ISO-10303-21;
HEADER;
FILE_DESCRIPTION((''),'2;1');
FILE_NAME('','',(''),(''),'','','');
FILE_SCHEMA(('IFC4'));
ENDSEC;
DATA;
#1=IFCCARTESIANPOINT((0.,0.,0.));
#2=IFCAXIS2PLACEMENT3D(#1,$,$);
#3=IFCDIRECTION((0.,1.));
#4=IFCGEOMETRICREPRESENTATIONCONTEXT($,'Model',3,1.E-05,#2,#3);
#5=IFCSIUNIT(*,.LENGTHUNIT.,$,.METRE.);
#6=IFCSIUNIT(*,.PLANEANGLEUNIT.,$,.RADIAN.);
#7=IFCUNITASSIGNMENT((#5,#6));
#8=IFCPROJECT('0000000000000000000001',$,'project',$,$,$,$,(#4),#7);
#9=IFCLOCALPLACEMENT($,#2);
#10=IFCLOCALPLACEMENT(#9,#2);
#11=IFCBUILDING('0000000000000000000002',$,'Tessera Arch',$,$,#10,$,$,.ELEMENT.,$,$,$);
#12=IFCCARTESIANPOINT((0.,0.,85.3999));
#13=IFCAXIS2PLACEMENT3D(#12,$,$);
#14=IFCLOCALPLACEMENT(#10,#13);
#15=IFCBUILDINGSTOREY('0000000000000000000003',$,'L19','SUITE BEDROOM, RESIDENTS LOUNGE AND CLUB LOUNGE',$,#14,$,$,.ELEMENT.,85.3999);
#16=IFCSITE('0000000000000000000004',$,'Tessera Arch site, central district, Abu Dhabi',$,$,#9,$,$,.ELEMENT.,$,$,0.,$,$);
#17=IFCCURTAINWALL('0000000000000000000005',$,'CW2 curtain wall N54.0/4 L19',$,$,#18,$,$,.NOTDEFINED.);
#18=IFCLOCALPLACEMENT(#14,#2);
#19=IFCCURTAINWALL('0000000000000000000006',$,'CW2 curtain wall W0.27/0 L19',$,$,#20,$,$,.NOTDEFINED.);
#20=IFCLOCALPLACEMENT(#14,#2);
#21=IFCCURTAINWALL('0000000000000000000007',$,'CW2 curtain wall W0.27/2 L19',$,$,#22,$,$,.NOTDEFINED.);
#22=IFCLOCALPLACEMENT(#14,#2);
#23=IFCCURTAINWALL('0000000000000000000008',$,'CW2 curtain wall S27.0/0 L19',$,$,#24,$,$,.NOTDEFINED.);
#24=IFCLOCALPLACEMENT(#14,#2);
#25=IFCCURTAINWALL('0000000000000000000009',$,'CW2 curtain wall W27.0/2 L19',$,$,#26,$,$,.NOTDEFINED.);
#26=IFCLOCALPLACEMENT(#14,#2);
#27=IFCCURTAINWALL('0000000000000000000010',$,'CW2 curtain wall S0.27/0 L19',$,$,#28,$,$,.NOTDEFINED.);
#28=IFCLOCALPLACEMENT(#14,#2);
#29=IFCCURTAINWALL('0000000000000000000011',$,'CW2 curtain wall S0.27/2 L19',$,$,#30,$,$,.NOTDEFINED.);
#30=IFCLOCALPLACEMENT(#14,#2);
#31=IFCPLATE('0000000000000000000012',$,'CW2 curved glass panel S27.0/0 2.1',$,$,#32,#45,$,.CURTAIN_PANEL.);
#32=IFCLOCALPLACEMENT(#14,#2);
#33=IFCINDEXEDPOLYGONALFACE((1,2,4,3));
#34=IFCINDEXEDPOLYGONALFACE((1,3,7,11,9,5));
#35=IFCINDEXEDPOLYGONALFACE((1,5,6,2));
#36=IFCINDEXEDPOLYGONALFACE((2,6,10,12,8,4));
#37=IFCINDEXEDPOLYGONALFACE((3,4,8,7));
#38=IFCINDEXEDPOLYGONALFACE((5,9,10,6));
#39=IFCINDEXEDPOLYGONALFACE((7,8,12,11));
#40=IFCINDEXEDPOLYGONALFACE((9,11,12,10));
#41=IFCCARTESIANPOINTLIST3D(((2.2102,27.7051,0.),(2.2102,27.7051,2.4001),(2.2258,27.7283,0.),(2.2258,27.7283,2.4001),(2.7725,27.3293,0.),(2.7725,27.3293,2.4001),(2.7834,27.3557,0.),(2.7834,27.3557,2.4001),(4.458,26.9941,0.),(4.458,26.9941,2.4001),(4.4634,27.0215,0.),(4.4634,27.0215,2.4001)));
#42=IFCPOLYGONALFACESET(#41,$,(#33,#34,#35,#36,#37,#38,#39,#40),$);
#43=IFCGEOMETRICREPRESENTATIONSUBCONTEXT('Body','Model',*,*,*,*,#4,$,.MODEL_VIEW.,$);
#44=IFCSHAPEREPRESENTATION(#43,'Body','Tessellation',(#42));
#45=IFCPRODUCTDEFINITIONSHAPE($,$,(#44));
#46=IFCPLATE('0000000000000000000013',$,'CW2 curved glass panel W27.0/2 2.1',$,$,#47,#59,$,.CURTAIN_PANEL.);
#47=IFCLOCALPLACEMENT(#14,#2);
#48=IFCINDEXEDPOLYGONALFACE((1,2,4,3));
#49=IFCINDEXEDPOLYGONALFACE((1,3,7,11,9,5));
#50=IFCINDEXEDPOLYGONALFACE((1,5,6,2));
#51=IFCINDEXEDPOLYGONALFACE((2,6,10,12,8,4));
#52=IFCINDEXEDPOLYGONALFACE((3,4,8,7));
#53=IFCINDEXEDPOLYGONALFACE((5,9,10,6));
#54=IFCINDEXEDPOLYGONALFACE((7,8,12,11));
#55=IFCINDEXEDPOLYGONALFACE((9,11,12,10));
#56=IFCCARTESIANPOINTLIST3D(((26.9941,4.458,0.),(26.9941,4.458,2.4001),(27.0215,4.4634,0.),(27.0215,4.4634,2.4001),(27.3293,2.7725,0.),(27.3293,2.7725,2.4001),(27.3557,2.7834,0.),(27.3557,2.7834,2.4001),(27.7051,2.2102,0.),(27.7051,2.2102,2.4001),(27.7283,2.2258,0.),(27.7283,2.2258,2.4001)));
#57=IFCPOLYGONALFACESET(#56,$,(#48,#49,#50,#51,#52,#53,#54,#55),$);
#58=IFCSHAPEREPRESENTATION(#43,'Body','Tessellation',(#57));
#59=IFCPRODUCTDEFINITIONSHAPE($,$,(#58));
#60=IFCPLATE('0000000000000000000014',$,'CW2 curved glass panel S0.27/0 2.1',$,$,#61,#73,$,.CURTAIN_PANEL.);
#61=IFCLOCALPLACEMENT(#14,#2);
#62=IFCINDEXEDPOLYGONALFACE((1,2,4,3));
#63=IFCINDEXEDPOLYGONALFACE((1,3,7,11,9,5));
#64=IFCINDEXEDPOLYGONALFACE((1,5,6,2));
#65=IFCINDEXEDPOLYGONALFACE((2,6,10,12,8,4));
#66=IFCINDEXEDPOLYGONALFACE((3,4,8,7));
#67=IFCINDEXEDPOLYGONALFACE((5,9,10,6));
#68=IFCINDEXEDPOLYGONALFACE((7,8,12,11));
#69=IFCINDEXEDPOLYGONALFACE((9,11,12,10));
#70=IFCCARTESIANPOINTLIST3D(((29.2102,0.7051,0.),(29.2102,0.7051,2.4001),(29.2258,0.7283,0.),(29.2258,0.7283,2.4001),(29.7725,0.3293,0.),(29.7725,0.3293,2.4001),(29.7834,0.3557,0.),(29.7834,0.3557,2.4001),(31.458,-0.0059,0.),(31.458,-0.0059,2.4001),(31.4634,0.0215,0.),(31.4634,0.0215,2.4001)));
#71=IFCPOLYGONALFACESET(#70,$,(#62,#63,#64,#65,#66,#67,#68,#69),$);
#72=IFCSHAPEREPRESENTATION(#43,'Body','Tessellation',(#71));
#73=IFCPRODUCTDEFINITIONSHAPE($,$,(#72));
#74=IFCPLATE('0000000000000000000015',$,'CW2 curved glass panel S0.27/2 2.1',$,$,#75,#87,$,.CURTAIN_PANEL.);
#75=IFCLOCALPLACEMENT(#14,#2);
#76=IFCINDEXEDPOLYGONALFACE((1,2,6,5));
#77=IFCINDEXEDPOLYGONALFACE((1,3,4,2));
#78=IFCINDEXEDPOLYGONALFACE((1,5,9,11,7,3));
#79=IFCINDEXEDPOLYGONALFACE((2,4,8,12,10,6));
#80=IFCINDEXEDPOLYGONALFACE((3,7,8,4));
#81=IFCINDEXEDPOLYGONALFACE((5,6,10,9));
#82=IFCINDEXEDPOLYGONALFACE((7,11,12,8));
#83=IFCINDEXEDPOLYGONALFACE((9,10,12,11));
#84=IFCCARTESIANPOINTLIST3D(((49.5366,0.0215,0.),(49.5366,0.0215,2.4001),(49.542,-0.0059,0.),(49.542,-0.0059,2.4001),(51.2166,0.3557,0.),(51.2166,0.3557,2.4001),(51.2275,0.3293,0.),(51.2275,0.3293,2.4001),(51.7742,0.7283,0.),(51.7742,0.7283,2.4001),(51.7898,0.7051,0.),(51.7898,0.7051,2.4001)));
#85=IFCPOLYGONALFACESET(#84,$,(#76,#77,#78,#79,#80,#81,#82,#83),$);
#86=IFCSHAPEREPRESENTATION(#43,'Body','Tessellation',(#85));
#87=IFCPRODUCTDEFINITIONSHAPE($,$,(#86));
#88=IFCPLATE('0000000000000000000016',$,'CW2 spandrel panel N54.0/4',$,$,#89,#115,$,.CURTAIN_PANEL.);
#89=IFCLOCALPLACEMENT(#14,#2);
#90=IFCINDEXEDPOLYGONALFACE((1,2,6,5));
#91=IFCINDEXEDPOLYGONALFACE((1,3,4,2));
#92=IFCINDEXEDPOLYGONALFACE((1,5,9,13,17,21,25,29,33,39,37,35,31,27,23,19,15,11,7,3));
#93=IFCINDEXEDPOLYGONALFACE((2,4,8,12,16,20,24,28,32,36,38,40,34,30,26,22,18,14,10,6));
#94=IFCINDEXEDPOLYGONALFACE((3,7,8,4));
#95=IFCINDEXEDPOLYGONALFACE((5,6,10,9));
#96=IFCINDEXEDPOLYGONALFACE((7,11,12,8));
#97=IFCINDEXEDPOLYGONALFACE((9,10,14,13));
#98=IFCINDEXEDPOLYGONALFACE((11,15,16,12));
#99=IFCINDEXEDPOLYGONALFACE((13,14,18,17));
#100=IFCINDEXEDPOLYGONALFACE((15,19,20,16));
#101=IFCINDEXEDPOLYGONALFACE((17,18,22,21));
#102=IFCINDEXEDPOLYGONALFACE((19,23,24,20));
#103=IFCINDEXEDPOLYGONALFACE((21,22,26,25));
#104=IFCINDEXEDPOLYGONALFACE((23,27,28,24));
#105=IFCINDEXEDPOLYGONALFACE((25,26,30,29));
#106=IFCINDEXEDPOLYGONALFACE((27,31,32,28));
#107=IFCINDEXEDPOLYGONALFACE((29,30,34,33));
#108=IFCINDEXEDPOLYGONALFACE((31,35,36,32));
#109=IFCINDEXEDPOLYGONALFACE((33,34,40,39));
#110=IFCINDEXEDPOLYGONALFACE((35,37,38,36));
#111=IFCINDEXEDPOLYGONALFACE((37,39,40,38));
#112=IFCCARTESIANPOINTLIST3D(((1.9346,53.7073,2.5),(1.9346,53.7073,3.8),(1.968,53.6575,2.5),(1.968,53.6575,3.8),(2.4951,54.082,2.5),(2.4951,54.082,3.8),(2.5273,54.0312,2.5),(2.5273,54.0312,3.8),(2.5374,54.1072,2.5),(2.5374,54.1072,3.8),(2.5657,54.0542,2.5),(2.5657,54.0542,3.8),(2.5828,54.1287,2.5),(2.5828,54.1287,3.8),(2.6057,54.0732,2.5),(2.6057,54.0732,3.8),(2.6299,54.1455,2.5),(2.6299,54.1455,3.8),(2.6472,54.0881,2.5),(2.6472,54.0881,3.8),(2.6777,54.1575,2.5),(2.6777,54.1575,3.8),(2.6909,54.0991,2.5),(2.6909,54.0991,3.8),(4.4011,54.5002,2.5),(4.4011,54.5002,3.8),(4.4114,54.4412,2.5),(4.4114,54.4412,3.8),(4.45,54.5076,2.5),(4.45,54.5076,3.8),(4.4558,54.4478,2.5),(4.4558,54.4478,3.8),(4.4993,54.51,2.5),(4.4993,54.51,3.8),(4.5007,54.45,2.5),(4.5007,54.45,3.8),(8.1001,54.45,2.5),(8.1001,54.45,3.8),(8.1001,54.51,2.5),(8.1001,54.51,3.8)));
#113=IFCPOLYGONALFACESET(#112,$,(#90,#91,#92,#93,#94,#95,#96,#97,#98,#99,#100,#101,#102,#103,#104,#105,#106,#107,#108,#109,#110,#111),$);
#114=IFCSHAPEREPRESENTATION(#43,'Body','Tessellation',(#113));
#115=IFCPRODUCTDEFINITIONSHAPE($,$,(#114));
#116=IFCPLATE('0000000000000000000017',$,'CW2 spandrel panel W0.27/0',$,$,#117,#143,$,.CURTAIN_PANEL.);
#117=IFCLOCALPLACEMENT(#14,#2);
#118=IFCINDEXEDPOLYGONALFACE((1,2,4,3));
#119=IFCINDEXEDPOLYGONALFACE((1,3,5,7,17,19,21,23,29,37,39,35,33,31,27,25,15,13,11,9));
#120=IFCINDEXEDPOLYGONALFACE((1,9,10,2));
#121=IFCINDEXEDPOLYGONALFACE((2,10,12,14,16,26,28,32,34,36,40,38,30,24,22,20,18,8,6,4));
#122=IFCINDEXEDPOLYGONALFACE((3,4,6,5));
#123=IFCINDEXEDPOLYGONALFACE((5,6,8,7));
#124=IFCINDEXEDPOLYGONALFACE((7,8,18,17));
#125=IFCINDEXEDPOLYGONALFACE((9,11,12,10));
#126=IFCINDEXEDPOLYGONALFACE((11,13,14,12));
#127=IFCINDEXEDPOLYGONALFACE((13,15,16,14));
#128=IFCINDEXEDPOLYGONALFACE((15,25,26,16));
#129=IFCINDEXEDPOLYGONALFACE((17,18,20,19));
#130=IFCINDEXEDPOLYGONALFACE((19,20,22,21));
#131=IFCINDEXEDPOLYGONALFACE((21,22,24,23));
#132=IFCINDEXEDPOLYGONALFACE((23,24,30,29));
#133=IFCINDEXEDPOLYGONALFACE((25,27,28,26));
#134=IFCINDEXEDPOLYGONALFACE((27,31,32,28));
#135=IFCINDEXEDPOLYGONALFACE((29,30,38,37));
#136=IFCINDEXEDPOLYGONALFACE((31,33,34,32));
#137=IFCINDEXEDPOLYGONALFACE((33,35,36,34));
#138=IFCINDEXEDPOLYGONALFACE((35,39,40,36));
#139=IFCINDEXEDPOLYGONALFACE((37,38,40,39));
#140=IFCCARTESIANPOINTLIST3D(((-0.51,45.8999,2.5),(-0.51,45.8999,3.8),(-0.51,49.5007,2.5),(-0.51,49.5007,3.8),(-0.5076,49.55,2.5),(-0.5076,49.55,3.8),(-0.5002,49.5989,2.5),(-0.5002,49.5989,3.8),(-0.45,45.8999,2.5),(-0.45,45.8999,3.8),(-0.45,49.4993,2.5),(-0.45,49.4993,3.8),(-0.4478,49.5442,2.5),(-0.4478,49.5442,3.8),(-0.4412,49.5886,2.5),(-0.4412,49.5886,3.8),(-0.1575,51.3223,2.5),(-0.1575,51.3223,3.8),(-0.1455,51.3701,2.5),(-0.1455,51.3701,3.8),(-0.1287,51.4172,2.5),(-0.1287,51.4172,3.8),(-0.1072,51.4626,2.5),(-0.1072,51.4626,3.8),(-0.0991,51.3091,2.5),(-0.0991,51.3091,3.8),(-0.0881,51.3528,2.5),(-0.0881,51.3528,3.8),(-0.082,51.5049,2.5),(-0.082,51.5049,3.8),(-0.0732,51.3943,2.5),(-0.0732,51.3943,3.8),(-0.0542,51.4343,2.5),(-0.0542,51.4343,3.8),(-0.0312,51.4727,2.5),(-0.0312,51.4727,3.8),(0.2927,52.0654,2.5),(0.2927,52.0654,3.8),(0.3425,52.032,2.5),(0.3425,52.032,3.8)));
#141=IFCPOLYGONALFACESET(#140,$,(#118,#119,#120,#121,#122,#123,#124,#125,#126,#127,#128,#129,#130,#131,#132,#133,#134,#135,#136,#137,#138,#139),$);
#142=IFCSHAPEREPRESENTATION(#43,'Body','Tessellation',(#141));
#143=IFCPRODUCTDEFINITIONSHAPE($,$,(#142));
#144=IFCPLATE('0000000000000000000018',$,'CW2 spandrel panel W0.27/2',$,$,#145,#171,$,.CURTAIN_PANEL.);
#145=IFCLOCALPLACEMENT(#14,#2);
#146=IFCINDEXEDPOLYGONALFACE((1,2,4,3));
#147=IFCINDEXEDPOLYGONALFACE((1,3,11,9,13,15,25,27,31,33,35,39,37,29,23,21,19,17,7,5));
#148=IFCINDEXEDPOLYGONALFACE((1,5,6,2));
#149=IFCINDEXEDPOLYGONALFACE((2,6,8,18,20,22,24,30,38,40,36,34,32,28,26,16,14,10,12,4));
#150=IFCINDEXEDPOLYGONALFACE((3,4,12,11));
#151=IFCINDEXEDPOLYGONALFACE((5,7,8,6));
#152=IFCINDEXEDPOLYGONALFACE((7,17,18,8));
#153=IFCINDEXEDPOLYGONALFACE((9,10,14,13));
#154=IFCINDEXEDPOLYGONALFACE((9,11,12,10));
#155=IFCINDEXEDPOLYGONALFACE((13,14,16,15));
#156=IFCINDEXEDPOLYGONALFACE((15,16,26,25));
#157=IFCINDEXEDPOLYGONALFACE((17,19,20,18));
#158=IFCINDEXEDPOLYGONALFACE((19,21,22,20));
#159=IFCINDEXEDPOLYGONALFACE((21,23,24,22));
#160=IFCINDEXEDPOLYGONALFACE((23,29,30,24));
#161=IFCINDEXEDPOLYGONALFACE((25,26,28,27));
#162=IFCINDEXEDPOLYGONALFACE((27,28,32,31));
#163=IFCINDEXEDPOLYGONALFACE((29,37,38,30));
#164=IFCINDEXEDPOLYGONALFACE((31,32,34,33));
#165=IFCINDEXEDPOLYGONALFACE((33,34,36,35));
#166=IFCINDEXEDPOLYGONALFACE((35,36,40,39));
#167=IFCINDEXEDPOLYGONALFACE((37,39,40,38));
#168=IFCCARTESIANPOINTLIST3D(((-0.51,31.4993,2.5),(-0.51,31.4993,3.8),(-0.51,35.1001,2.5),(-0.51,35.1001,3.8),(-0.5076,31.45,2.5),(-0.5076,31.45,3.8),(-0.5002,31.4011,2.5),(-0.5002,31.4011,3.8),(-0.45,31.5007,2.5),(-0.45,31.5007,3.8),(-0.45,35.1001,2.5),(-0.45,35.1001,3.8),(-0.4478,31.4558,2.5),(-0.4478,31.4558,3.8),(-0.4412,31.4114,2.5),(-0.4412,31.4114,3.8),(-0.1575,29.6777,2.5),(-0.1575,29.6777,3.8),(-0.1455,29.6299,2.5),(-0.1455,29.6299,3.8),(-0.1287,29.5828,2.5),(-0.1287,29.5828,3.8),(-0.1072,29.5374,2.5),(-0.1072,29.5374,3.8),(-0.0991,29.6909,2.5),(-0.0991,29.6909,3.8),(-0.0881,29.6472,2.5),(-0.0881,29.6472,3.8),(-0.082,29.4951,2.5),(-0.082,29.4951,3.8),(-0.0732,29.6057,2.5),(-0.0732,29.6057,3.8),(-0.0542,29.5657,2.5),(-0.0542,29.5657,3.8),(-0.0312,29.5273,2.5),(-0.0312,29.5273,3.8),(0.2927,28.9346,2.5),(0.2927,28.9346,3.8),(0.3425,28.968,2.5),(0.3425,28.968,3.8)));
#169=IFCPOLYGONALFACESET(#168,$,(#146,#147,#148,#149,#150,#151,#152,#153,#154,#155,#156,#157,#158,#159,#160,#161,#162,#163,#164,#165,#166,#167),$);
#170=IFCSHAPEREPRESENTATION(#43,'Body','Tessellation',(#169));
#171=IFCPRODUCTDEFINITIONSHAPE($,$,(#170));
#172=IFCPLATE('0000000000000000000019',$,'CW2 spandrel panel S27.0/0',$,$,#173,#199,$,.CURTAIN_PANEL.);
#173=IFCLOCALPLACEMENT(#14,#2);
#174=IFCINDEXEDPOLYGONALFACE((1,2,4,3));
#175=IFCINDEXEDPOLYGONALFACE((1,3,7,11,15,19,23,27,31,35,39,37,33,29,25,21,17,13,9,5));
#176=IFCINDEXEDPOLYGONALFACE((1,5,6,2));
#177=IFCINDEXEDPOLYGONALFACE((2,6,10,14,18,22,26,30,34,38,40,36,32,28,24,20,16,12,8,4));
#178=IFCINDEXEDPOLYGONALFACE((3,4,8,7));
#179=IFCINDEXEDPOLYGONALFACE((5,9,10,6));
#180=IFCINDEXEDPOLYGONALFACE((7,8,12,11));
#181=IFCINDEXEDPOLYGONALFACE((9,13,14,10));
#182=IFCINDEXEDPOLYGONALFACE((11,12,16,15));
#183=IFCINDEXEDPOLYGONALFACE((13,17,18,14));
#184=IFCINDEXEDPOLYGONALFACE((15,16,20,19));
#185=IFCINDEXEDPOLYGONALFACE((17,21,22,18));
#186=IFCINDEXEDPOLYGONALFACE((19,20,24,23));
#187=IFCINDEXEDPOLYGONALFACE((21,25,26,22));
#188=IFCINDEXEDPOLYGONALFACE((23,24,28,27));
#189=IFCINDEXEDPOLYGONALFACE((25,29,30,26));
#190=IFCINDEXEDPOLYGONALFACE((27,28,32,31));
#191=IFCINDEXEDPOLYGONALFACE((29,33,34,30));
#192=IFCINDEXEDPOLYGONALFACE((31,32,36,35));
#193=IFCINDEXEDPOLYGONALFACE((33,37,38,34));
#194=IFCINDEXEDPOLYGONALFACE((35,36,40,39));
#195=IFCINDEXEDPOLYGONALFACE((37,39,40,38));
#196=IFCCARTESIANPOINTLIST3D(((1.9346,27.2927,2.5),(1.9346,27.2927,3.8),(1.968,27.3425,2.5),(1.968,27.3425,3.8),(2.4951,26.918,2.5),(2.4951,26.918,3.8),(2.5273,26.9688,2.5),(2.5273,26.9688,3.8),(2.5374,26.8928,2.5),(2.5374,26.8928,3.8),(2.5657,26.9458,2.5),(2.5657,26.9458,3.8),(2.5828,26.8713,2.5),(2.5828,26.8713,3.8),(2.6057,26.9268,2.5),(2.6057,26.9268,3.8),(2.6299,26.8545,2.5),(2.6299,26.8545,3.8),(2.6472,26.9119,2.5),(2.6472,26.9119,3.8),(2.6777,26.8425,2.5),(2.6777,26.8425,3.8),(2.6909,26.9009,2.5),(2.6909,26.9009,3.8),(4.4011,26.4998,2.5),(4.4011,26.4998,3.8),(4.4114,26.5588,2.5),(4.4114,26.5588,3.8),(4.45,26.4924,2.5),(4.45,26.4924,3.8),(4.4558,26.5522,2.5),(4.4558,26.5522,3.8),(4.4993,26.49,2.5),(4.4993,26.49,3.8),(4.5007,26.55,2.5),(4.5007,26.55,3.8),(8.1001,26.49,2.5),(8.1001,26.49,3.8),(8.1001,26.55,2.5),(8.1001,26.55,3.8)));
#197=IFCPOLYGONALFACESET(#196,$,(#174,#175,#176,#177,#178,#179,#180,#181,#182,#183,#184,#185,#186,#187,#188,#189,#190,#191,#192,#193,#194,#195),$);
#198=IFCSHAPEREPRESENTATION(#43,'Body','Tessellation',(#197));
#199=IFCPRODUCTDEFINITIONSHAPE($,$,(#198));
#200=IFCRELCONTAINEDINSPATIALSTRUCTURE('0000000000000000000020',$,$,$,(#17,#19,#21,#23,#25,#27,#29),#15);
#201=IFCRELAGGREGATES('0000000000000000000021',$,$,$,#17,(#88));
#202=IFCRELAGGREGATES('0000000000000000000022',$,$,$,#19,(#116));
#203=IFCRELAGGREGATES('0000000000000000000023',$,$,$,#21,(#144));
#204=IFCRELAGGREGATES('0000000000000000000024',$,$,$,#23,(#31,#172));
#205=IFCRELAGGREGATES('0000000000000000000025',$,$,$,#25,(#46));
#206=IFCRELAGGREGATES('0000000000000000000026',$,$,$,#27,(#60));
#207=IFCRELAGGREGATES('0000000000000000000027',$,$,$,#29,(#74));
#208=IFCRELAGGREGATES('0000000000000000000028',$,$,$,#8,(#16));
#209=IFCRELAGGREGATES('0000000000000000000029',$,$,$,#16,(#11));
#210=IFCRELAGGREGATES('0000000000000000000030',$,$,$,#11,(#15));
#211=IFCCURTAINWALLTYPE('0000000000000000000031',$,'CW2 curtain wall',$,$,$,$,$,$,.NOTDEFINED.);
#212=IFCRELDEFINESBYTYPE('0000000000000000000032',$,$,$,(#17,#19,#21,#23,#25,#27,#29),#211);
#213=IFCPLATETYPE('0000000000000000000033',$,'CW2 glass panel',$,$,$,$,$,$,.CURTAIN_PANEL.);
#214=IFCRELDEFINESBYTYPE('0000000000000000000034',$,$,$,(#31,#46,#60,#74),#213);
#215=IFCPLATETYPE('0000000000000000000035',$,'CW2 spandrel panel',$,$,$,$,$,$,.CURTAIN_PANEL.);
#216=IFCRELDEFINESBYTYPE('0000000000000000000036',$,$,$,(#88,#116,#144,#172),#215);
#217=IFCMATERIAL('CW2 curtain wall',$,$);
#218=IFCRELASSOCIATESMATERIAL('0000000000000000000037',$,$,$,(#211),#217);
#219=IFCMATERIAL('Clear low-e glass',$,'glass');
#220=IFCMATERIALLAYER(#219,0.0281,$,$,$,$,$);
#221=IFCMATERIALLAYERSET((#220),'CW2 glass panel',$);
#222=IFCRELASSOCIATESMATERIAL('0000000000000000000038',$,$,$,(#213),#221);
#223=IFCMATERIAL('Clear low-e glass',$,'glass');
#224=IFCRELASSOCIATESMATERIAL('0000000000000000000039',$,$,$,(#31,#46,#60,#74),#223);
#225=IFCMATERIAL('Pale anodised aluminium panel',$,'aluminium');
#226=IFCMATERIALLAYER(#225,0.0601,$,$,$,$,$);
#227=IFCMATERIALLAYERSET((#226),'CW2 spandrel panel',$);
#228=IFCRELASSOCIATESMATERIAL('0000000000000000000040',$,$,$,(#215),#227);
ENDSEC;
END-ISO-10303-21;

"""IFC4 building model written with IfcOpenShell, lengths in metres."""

from ifc_helpers import new_model, si_unit, direction, frame, origin, place, context, subcontext, project, spatial, polyline, outline, extrude, material, layer, layer_set, type_object, element, aggregate, save


model = new_model("IFC4")

# Units and contexts
model_context = context("Model", 3, precision=1e-05, world=origin(), true_north=direction((0.0, 1.0)))
body_context = subcontext(model_context, "Body", "Model", "MODEL_VIEW")
ifc_project = project(units=[si_unit("LENGTHUNIT", "METRE"), si_unit("PLANEANGLEUNIT", "RADIAN")], contexts=[model_context])

# Site, building, storey
site_placement = place(None, origin())
site = spatial("IfcSite", under=ifc_project, at=site_placement, Name="Tessera Arch site, central district, Abu Dhabi", CompositionType="ELEMENT", RefElevation=0.0)
building_placement = place(site_placement, origin())
building = spatial("IfcBuilding", under=site, at=building_placement, Name="Tessera Arch", CompositionType="ELEMENT")
storey_placement = place(building_placement, frame((0.0, 0.0, 85.3999)))
storey = spatial("IfcBuildingStorey", under=building, at=storey_placement, Name="L19", Description="SUITE BEDROOM, RESIDENTS LOUNGE AND CLUB LOUNGE", CompositionType="ELEMENT", Elevation=85.3999)

# Curtain walls
ifc_material_1 = material(Name="CW2 curtain wall")
curtain_wall_type = type_object("IfcCurtainWallType", Name="CW2 curtain wall", PredefinedType="NOTDEFINED", material=ifc_material_1)
curtain_wall_1_placement = place(storey_placement, origin())
curtain_wall_1 = element("IfcCurtainWall", 1, at=curtain_wall_1_placement, inside=storey, type_object=curtain_wall_type, Name="CW2 curtain wall N54.0/4 L19", PredefinedType="NOTDEFINED")
curtain_wall_2_placement = place(storey_placement, origin())
curtain_wall_2 = element("IfcCurtainWall", 2, at=curtain_wall_2_placement, inside=storey, type_object=curtain_wall_type, Name="CW2 curtain wall W0.27/0 L19", PredefinedType="NOTDEFINED")
curtain_wall_3_placement = place(storey_placement, origin())
curtain_wall_3 = element("IfcCurtainWall", 3, at=curtain_wall_3_placement, inside=storey, type_object=curtain_wall_type, Name="CW2 curtain wall W0.27/2 L19", PredefinedType="NOTDEFINED")
curtain_wall_4_placement = place(storey_placement, origin())
curtain_wall_4 = element("IfcCurtainWall", 4, at=curtain_wall_4_placement, inside=storey, type_object=curtain_wall_type, Name="CW2 curtain wall S27.0/0 L19", PredefinedType="NOTDEFINED")
curtain_wall_5_placement = place(storey_placement, origin())
curtain_wall_5 = element("IfcCurtainWall", 5, at=curtain_wall_5_placement, inside=storey, type_object=curtain_wall_type, Name="CW2 curtain wall W27.0/2 L19", PredefinedType="NOTDEFINED")
curtain_wall_6_placement = place(storey_placement, origin())
curtain_wall_6 = element("IfcCurtainWall", 6, at=curtain_wall_6_placement, inside=storey, type_object=curtain_wall_type, Name="CW2 curtain wall S0.27/0 L19", PredefinedType="NOTDEFINED")
curtain_wall_7_placement = place(storey_placement, origin())
curtain_wall_7 = element("IfcCurtainWall", 7, at=curtain_wall_7_placement, inside=storey, type_object=curtain_wall_type, Name="CW2 curtain wall S0.27/2 L19", PredefinedType="NOTDEFINED")

# Plates
ifc_material_2 = material(Name="Clear low-e glass", Category="glass")
ifc_material_3 = material(Name="Clear low-e glass", Category="glass")
ifc_layer_1 = layer(ifc_material_3, 0.0281)
ifc_layer_set_1 = layer_set([ifc_layer_1], Name="CW2 glass panel")
plate_type_1 = type_object("IfcPlateType", Name="CW2 glass panel", PredefinedType="CURTAIN_PANEL", material=ifc_layer_set_1)
plate_1_placement = place(storey_placement, origin())
plate_1 = element("IfcPlate", 8, at=plate_1_placement, type_object=plate_type_1, material=ifc_material_2, Name="CW2 curved glass panel S27.0/0 2.1", PredefinedType="CURTAIN_PANEL", context=body_context, shape_type="SweptSolid", body=[
    extrude(outline(polyline([(2.7834, 27.3557), (2.2258, 27.7283), (2.2102, 27.7051), (2.7725, 27.3293), (4.458, 26.9941), (4.4634, 27.0215), (2.7834, 27.3557)])), origin(), (0.0, 0.0, 1.0), 2.4001),
])
plate_2_placement = place(storey_placement, origin())
plate_2 = element("IfcPlate", 9, at=plate_2_placement, type_object=plate_type_1, material=ifc_material_2, Name="CW2 curved glass panel W27.0/2 2.1", PredefinedType="CURTAIN_PANEL", context=body_context, shape_type="SweptSolid", body=[
    extrude(outline(polyline([(27.3557, 2.7834), (27.0215, 4.4634), (26.9941, 4.458), (27.3293, 2.7725), (27.7051, 2.2102), (27.7283, 2.2258), (27.3557, 2.7834)])), origin(), (0.0, 0.0, 1.0), 2.4001),
])
plate_3_placement = place(storey_placement, origin())
plate_3 = element("IfcPlate", 10, at=plate_3_placement, type_object=plate_type_1, material=ifc_material_2, Name="CW2 curved glass panel S0.27/0 2.1", PredefinedType="CURTAIN_PANEL", context=body_context, shape_type="SweptSolid", body=[
    extrude(outline(polyline([(29.7834, 0.3557), (29.2258, 0.7283), (29.2102, 0.7051), (29.7725, 0.3293), (31.458, -0.0059), (31.4634, 0.0215), (29.7834, 0.3557)])), origin(), (0.0, 0.0, 1.0), 2.4001),
])
plate_4_placement = place(storey_placement, origin())
plate_4 = element("IfcPlate", 11, at=plate_4_placement, type_object=plate_type_1, material=ifc_material_2, Name="CW2 curved glass panel S0.27/2 2.1", PredefinedType="CURTAIN_PANEL", context=body_context, shape_type="SweptSolid", body=[
    extrude(outline(polyline([(51.2166, 0.3557), (49.5366, 0.0215), (49.542, -0.0059), (51.2275, 0.3293), (51.7898, 0.7051), (51.7742, 0.7283), (51.2166, 0.3557)])), origin(), (0.0, 0.0, 1.0), 2.4001),
])
ifc_material_4 = material(Name="Pale anodised aluminium panel", Category="aluminium")
ifc_layer_2 = layer(ifc_material_4, 0.0601)
ifc_layer_set_2 = layer_set([ifc_layer_2], Name="CW2 spandrel panel")
plate_type_2 = type_object("IfcPlateType", Name="CW2 spandrel panel", PredefinedType="CURTAIN_PANEL", material=ifc_layer_set_2)
plate_5_placement = place(storey_placement, frame((0.0, 0.0, 2.5)))
plate_5 = element("IfcPlate", 12, at=plate_5_placement, type_object=plate_type_2, Name="CW2 spandrel panel N54.0/4", PredefinedType="CURTAIN_PANEL", context=body_context, shape_type="SweptSolid", body=[
    extrude(outline(polyline([(4.5007, 54.45), (8.1001, 54.45), (8.1001, 54.51), (4.4993, 54.51), (4.45, 54.5076), (4.4011, 54.5002), (2.6777, 54.1575), (2.6299, 54.1455), (2.5828, 54.1287), (2.5374, 54.1072), (2.4951, 54.082), (1.9346, 53.7073), (1.968, 53.6575), (2.5273, 54.0312), (2.5657, 54.0542), (2.6057, 54.0732), (2.6472, 54.0881), (2.6909, 54.0991), (4.4114, 54.4412), (4.4558, 54.4478), (4.5007, 54.45)])), origin(), (0.0, 0.0, 1.0), 1.3),
])
aggregate(curtain_wall_1, [plate_5])
plate_6_placement = place(storey_placement, frame((0.0, 0.0, 2.5)))
plate_6 = element("IfcPlate", 13, at=plate_6_placement, type_object=plate_type_2, Name="CW2 spandrel panel W0.27/0", PredefinedType="CURTAIN_PANEL", context=body_context, shape_type="SweptSolid", body=[
    extrude(outline(polyline([(-0.0312, 51.4727), (0.3425, 52.032), (0.2927, 52.0654), (-0.082, 51.5049), (-0.1072, 51.4626), (-0.1287, 51.4172), (-0.1455, 51.3701), (-0.1575, 51.3223), (-0.5002, 49.5989), (-0.5076, 49.55), (-0.51, 49.5007), (-0.51, 45.8999), (-0.45, 45.8999), (-0.45, 49.4993), (-0.4478, 49.5442), (-0.4412, 49.5886), (-0.0991, 51.3091), (-0.0881, 51.3528), (-0.0732, 51.3943), (-0.0542, 51.4343), (-0.0312, 51.4727)])), origin(), (0.0, 0.0, 1.0), 1.3),
])
aggregate(curtain_wall_2, [plate_6])
plate_7_placement = place(storey_placement, frame((0.0, 0.0, 2.5)))
plate_7 = element("IfcPlate", 14, at=plate_7_placement, type_object=plate_type_2, Name="CW2 spandrel panel W0.27/2", PredefinedType="CURTAIN_PANEL", context=body_context, shape_type="SweptSolid", body=[
    extrude(outline(polyline([(-0.45, 31.5007), (-0.45, 35.1001), (-0.51, 35.1001), (-0.51, 31.4993), (-0.5076, 31.45), (-0.5002, 31.4011), (-0.1575, 29.6777), (-0.1455, 29.6299), (-0.1287, 29.5828), (-0.1072, 29.5374), (-0.082, 29.4951), (0.2927, 28.9346), (0.3425, 28.968), (-0.0312, 29.5273), (-0.0542, 29.5657), (-0.0732, 29.6057), (-0.0881, 29.6472), (-0.0991, 29.6909), (-0.4412, 31.4114), (-0.4478, 31.4558), (-0.45, 31.5007)])), origin(), (0.0, 0.0, 1.0), 1.3),
])
aggregate(curtain_wall_3, [plate_7])
plate_8_placement = place(storey_placement, frame((0.0, 0.0, 2.5)))
plate_8 = element("IfcPlate", 15, at=plate_8_placement, type_object=plate_type_2, Name="CW2 spandrel panel S27.0/0", PredefinedType="CURTAIN_PANEL", context=body_context, shape_type="SweptSolid", body=[
    extrude(outline(polyline([(2.5273, 26.9688), (1.968, 27.3425), (1.9346, 27.2927), (2.4951, 26.918), (2.5374, 26.8928), (2.5828, 26.8713), (2.6299, 26.8545), (2.6777, 26.8425), (4.4011, 26.4998), (4.45, 26.4924), (4.4993, 26.49), (8.1001, 26.49), (8.1001, 26.55), (4.5007, 26.55), (4.4558, 26.5522), (4.4114, 26.5588), (2.6909, 26.9009), (2.6472, 26.9119), (2.6057, 26.9268), (2.5657, 26.9458), (2.5273, 26.9688)])), origin(), (0.0, 0.0, 1.0), 1.3),
])
aggregate(curtain_wall_4, [plate_1, plate_8])
aggregate(curtain_wall_5, [plate_2])
aggregate(curtain_wall_6, [plate_3])
aggregate(curtain_wall_7, [plate_4])

save(model, "model.ifc")
